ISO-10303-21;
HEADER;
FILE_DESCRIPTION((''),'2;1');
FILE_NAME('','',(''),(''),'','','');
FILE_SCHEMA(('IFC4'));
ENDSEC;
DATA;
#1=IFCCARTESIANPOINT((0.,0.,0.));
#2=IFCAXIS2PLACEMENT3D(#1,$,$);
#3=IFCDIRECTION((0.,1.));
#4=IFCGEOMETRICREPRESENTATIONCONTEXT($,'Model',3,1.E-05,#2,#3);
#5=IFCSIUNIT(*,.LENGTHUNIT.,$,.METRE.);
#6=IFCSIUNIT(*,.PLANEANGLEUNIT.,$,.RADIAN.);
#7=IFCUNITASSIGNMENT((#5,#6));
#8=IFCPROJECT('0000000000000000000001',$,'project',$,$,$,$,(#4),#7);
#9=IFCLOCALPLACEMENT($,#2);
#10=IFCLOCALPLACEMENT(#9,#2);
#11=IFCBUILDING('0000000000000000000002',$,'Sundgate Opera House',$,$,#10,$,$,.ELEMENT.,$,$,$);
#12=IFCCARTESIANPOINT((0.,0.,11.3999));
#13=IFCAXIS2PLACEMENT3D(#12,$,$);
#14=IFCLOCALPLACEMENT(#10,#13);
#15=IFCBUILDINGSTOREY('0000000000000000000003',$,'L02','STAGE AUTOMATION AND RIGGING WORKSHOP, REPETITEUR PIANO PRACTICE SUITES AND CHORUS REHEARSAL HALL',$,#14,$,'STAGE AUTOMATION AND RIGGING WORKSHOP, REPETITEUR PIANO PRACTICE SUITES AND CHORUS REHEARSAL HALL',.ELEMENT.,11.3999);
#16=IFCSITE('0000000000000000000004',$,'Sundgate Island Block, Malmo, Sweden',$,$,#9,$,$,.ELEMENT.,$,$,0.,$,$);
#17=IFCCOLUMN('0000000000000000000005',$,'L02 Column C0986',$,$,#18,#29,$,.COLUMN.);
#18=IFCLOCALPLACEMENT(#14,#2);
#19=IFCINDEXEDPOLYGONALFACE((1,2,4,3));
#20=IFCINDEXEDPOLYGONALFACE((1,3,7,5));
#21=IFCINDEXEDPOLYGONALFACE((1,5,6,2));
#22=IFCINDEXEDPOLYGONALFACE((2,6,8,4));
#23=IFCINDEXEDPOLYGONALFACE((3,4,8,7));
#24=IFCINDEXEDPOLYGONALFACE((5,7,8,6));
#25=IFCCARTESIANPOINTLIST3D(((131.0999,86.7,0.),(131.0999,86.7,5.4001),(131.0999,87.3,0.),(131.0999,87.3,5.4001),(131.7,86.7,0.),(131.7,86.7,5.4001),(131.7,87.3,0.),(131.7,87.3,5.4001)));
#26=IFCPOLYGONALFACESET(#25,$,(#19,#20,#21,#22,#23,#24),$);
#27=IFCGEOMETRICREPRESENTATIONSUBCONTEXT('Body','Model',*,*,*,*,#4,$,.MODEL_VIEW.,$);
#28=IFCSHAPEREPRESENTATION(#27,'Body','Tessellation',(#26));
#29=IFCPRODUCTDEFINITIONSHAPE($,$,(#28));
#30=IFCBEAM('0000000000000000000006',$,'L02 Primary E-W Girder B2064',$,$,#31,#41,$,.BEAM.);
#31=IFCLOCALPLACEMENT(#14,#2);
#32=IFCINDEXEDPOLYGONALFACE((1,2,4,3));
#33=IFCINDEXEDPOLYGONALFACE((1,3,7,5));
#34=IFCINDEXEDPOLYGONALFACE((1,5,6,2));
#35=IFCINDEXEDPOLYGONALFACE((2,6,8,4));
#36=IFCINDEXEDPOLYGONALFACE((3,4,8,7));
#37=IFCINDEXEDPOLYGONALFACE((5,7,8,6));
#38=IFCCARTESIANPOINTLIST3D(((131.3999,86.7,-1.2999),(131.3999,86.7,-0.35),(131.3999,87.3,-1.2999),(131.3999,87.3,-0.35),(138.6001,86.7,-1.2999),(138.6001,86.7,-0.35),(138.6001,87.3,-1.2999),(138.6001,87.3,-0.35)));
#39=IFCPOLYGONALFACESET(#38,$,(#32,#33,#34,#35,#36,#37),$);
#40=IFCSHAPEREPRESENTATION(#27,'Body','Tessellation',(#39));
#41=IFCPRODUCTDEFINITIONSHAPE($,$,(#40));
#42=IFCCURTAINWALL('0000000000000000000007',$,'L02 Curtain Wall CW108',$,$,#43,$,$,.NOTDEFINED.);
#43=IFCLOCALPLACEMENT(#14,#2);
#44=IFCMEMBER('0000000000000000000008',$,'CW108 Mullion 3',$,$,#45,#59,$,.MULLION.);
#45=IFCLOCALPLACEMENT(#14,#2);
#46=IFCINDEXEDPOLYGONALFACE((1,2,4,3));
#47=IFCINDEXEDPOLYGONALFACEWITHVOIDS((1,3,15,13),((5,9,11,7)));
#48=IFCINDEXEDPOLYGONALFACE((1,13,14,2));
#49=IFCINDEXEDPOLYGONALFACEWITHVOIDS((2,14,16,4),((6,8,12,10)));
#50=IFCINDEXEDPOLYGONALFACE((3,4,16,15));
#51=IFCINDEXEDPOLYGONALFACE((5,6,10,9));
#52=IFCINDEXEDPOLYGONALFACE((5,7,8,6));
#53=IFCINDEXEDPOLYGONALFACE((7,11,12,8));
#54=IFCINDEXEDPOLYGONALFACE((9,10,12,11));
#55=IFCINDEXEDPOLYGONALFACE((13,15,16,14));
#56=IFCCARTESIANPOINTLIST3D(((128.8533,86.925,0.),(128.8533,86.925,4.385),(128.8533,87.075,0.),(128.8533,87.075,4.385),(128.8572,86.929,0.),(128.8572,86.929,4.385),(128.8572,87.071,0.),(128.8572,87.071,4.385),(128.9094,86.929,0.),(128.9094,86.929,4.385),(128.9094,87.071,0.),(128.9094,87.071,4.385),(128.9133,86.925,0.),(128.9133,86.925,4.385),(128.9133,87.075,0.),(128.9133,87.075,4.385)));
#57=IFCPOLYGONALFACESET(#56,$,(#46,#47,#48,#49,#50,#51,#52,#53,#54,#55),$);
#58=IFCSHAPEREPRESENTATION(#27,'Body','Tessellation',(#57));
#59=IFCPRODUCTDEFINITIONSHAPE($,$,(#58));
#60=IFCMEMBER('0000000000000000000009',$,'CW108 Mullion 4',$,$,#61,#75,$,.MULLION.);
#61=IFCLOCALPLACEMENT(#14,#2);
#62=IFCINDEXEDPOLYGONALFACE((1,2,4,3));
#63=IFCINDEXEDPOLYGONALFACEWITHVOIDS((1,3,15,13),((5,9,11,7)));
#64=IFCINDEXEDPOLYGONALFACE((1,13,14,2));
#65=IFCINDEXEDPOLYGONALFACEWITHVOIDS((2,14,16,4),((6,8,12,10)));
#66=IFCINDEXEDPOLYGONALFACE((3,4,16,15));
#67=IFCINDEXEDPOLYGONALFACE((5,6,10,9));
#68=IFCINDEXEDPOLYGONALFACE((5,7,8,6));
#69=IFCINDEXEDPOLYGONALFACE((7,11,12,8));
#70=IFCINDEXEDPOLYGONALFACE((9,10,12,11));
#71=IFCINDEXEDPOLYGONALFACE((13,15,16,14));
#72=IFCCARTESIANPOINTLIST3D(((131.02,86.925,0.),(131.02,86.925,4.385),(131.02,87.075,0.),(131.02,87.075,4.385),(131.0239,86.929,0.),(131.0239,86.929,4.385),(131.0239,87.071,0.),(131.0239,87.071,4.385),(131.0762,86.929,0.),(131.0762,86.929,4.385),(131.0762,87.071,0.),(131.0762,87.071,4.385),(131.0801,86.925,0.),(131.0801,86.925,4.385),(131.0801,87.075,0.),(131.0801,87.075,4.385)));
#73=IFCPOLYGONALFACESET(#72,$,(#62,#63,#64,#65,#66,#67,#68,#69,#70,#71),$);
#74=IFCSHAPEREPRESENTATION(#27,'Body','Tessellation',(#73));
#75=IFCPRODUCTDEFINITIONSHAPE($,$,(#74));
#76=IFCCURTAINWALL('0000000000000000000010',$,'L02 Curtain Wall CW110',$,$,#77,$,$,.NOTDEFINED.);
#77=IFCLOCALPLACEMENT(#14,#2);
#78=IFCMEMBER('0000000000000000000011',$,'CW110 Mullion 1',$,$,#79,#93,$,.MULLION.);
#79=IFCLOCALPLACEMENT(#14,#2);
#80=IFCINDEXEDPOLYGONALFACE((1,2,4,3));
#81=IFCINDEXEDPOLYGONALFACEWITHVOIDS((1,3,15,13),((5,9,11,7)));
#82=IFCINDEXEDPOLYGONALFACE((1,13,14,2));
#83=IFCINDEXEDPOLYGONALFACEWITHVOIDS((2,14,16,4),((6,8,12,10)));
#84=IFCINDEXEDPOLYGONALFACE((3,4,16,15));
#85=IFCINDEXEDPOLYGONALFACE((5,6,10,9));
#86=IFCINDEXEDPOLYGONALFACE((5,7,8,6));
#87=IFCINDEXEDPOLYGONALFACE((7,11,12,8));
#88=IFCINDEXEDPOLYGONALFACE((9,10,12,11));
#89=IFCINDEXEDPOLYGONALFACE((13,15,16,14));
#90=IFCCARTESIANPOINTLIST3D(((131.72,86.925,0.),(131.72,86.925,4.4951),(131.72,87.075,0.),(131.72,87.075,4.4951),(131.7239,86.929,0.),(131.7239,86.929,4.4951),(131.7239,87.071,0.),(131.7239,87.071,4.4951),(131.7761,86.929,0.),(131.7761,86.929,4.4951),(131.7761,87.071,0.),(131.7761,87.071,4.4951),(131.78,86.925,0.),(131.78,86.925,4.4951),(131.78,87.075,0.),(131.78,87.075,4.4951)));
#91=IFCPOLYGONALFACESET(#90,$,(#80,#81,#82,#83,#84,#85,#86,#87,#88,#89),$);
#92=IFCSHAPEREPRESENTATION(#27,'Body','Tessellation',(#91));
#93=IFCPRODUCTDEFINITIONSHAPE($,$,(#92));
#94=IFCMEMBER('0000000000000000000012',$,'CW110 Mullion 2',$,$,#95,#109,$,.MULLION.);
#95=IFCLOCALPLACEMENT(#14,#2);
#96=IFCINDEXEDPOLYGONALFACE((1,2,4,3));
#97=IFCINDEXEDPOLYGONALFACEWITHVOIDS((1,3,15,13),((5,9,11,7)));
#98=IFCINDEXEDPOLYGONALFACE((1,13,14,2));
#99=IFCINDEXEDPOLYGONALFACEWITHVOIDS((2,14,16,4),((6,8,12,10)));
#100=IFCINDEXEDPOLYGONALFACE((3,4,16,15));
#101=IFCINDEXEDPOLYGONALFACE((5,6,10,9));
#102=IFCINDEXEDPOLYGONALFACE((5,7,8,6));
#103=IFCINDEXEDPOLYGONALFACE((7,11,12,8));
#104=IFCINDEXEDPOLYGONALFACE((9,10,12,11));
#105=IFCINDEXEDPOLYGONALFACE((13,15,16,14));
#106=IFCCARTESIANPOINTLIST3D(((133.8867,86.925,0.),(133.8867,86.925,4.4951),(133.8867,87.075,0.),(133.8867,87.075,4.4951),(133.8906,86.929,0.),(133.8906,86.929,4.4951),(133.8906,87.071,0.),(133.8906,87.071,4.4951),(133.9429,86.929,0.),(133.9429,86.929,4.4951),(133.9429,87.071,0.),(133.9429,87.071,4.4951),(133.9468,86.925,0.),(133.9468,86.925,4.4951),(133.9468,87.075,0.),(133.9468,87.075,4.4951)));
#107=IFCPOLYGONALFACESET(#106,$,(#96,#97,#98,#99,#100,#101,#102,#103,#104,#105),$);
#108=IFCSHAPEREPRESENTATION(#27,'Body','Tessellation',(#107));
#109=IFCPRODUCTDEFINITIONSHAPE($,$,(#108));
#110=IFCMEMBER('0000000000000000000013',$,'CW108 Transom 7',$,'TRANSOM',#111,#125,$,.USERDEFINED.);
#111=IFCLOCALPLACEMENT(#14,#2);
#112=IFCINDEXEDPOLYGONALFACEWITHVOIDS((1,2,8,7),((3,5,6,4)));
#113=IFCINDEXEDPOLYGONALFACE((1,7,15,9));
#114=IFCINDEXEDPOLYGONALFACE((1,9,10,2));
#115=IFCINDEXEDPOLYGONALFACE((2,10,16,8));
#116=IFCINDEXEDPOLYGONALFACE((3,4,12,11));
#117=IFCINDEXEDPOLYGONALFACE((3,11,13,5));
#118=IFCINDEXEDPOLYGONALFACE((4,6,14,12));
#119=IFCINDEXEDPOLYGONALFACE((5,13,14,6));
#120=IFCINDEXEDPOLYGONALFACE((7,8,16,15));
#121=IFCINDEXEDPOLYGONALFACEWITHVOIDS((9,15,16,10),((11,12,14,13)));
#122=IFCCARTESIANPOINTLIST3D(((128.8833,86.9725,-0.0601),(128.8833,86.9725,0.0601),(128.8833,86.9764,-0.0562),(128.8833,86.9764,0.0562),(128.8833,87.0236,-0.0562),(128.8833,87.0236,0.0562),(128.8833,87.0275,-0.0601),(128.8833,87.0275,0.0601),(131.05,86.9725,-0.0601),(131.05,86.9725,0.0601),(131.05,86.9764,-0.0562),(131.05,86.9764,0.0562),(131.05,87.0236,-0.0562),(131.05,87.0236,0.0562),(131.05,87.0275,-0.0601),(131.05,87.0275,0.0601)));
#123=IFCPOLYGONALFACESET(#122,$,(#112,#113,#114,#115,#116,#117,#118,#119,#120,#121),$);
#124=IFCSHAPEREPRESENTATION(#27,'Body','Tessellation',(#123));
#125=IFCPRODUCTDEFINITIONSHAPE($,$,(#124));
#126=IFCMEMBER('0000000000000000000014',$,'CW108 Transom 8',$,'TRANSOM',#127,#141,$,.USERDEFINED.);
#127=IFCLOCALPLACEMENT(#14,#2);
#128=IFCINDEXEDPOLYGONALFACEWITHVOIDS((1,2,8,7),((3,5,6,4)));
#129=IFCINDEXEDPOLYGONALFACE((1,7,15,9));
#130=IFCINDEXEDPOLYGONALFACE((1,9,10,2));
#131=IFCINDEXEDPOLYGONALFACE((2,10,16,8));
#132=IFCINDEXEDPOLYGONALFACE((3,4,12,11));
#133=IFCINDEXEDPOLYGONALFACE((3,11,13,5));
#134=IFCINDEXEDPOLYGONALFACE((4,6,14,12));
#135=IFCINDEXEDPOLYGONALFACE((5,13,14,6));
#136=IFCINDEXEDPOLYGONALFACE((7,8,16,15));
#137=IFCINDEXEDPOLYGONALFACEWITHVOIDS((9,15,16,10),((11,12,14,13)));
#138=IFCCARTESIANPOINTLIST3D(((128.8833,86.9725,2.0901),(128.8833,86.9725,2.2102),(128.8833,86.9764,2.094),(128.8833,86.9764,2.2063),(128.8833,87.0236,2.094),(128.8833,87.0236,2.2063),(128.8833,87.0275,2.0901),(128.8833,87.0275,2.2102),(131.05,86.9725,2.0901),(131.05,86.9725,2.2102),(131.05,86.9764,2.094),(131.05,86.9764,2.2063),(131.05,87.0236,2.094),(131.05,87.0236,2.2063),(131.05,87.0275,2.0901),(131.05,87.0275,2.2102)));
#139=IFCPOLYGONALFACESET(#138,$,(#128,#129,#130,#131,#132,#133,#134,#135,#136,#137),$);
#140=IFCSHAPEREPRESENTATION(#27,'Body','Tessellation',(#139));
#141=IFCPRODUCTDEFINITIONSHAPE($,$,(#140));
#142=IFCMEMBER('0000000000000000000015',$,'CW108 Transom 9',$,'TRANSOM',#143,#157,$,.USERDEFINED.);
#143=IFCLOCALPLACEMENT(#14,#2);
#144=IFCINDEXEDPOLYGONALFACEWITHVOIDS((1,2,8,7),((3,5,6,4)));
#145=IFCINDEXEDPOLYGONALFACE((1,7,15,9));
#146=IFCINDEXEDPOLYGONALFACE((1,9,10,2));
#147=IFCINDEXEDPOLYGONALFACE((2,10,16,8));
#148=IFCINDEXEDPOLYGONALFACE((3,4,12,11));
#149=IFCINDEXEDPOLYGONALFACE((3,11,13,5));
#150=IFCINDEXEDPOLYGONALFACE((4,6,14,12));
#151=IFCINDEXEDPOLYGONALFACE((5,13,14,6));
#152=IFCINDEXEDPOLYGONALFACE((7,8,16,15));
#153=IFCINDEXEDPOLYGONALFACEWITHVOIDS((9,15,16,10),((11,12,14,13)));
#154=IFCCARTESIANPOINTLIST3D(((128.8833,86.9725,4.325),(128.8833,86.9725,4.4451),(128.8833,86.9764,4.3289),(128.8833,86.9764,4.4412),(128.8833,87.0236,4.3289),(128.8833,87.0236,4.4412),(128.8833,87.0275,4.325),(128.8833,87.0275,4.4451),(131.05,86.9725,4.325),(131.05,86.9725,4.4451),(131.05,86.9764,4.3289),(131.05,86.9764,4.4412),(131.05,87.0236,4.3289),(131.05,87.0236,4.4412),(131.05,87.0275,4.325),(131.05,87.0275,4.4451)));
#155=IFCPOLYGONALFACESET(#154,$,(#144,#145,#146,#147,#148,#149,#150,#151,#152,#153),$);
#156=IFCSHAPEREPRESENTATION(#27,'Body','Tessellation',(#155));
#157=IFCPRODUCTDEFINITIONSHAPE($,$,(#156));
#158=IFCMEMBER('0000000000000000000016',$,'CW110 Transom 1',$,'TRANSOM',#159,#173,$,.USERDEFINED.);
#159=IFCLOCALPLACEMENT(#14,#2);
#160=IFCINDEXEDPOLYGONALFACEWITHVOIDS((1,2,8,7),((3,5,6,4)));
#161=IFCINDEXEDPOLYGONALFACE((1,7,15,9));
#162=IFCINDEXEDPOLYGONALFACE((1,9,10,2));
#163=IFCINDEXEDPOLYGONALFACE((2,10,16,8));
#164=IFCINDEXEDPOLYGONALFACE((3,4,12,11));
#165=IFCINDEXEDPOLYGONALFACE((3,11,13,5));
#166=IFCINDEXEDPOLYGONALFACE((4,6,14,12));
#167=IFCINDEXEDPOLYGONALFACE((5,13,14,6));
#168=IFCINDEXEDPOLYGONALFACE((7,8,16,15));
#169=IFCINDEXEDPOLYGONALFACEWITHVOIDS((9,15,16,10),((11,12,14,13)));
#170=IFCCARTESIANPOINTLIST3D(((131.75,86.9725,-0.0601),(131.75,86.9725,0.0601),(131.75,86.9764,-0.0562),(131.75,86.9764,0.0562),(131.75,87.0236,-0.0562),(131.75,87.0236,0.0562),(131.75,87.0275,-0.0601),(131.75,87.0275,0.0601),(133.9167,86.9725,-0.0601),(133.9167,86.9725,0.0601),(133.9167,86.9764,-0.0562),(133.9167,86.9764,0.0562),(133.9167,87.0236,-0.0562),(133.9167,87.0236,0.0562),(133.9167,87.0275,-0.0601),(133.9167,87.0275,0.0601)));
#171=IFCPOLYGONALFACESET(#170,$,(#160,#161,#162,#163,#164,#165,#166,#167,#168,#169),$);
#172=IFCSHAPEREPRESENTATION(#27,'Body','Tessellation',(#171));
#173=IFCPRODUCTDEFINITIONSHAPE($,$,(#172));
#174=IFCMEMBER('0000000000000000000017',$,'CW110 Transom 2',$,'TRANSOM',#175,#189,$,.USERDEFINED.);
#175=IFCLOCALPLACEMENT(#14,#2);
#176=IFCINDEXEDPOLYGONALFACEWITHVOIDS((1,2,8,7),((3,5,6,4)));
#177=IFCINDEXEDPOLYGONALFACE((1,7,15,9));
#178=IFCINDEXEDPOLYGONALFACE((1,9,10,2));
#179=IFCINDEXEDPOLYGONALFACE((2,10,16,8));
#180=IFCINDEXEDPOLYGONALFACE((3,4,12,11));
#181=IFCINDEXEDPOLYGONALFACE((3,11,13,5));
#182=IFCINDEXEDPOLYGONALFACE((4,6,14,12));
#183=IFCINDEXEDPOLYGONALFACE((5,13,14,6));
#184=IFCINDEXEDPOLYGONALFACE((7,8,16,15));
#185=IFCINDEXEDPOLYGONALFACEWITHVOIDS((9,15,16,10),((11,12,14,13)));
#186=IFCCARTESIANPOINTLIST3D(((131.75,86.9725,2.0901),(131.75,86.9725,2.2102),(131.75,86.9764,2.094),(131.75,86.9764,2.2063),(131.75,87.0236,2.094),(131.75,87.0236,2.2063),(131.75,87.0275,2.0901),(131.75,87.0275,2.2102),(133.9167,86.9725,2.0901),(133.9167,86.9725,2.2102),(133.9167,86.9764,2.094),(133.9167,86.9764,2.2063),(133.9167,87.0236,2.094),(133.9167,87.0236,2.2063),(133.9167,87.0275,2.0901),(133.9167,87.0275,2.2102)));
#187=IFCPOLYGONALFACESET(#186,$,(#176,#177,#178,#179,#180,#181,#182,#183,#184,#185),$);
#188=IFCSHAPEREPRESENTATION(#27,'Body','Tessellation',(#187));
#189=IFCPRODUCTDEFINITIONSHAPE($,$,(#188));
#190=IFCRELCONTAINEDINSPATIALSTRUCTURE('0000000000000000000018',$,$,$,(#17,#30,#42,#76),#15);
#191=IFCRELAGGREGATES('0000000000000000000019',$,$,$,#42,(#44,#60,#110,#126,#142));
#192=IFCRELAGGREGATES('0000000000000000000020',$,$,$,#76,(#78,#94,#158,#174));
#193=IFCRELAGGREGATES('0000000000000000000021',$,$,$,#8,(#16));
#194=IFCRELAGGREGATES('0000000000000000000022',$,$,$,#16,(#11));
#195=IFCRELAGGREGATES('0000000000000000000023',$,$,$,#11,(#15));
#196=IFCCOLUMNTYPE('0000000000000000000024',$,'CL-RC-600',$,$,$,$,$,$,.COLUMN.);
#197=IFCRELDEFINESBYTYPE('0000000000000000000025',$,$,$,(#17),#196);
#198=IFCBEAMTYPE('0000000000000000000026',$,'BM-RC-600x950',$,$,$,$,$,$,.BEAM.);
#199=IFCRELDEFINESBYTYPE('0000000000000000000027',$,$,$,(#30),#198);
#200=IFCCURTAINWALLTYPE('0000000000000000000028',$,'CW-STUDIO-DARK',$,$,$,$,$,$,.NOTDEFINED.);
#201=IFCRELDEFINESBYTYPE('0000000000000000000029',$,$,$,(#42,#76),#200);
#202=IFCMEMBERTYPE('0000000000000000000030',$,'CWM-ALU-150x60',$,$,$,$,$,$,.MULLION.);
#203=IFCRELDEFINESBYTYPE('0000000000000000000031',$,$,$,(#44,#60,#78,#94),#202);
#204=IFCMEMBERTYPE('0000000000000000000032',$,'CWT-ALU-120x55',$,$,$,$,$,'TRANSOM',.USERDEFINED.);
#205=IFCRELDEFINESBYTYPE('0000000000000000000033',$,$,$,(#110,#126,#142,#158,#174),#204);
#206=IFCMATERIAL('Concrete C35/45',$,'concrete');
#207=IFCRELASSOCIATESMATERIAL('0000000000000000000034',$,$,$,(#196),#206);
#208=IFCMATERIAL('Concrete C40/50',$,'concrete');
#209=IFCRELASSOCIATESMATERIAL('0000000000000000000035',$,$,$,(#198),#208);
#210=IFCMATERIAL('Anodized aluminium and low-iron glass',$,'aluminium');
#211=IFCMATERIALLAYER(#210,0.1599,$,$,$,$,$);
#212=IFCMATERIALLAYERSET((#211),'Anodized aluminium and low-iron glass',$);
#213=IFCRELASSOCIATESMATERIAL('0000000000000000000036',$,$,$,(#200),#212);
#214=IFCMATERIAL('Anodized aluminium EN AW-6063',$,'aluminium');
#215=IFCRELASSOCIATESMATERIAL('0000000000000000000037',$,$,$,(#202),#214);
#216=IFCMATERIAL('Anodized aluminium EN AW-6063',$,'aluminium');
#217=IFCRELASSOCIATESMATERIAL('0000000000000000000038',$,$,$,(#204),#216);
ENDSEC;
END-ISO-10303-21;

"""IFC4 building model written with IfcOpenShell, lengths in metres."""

from ifc_helpers import new_model, si_unit, direction, frame, origin, origin_2d, place, context, subcontext, project, spatial, rectangle, hollow_rectangle, extrude, material, layer, layer_set, material_profile, profile_set, type_object, element, aggregate, save


model = new_model("IFC4")

# Units and contexts
model_context = context("Model", 3, precision=1e-05, world=origin(), true_north=direction((0.0, 1.0)))
body_context = subcontext(model_context, "Body", "Model", "MODEL_VIEW")
ifc_project = project(units=[si_unit("LENGTHUNIT", "METRE"), si_unit("PLANEANGLEUNIT", "RADIAN")], contexts=[model_context])

# Site, building, storey
site_placement = place(None, origin())
site = spatial("IfcSite", under=ifc_project, at=site_placement, Name="Sundgate Island Block, Malmo, Sweden", CompositionType="ELEMENT", RefElevation=0.0)
building_placement = place(site_placement, origin())
building = spatial("IfcBuilding", under=site, at=building_placement, Name="Sundgate Opera House", CompositionType="ELEMENT")
storey_placement = place(building_placement, frame((0.0, 0.0, 11.3999)))
storey = spatial("IfcBuildingStorey", under=building, at=storey_placement, Name="L02", Description="STAGE AUTOMATION AND RIGGING WORKSHOP, REPETITEUR PIANO PRACTICE SUITES AND CHORUS REHEARSAL HALL", LongName="STAGE AUTOMATION AND RIGGING WORKSHOP, REPETITEUR PIANO PRACTICE SUITES AND CHORUS REHEARSAL HALL", CompositionType="ELEMENT", Elevation=11.3999)

# Column
ifc_material_1 = material(Name="Concrete C35/45", Category="concrete")
ifc_material_profile_1 = material_profile(ifc_material_1, rectangle(XDim=0.6001, YDim=0.6001, at=origin_2d()), Name="RC 600x600")
ifc_profile_set_1 = profile_set([ifc_material_profile_1], Name="Concrete C35/45")
column_type = type_object("IfcColumnType", Name="CL-RC-600", PredefinedType="COLUMN", material=ifc_profile_set_1)
column_placement = place(storey_placement, frame((131.3999, 87.0, 0.0), z_axis=(0.0, 0.0, 1.0), x_axis=(1.0, 0.0, 0.0)))
element("IfcColumn", 1, at=column_placement, inside=storey, type_object=column_type, Name="L02 Column C0986", PredefinedType="COLUMN", context=body_context, shape_type="SweptSolid", body=[
    extrude(rectangle(XDim=0.6001, YDim=0.6001, at=origin_2d()), origin(), (0.0, 0.0, 1.0), 5.4001),
])

# Beam
ifc_material_2 = material(Name="Concrete C40/50", Category="concrete")
ifc_material_profile_2 = material_profile(ifc_material_2, rectangle(XDim=0.6001, YDim=0.95, at=origin_2d()), Name="RC 600x950")
ifc_profile_set_2 = profile_set([ifc_material_profile_2], Name="Concrete C40/50")
beam_type = type_object("IfcBeamType", Name="BM-RC-600x950", PredefinedType="BEAM", material=ifc_profile_set_2)
beam_placement = place(storey_placement, frame((131.3999, 87.0, -0.825), z_axis=(1.0, 0.0, 0.0), x_axis=(0.0, 1.0, 0.0)))
element("IfcBeam", 2, at=beam_placement, inside=storey, type_object=beam_type, Name="L02 Primary E-W Girder B2064", PredefinedType="BEAM", context=body_context, shape_type="SweptSolid", body=[
    extrude(rectangle(XDim=0.6001, YDim=0.95, at=origin_2d()), origin(), (0.0, 0.0, 1.0), 7.2002),
])

# Curtain walls, members
ifc_material_3 = material(Name="Anodized aluminium and low-iron glass", Category="aluminium")
ifc_layer_1 = layer(ifc_material_3, 0.1599)
ifc_layer_set_1 = layer_set([ifc_layer_1], Name="Anodized aluminium and low-iron glass")
curtain_wall_type = type_object("IfcCurtainWallType", Name="CW-STUDIO-DARK", PredefinedType="NOTDEFINED", material=ifc_layer_set_1)
curtain_wall_1_placement = place(storey_placement, origin())
curtain_wall_1 = element("IfcCurtainWall", 3, at=curtain_wall_1_placement, inside=storey, type_object=curtain_wall_type, Name="L02 Curtain Wall CW108", PredefinedType="NOTDEFINED")
ifc_material_4 = material(Name="Anodized aluminium EN AW-6063", Category="aluminium")
ifc_material_profile_3 = material_profile(ifc_material_4, hollow_rectangle(XDim=0.0601, YDim=0.1499, WallThickness=0.0039, at=origin_2d()), Name="CWM 150x60x4")
ifc_profile_set_3 = profile_set([ifc_material_profile_3], Name="Anodized aluminium EN AW-6063")
member_type_1 = type_object("IfcMemberType", Name="CWM-ALU-150x60", PredefinedType="MULLION", material=ifc_profile_set_3)
member_1_placement = place(storey_placement, frame((128.8833, 87.0, 0.0), z_axis=(0.0, 0.0, 1.0), x_axis=(1.0, 0.0, 0.0)))
member_1 = element("IfcMember", 4, at=member_1_placement, type_object=member_type_1, Name="CW108 Mullion 3", PredefinedType="MULLION", context=body_context, shape_type="SweptSolid", body=[
    extrude(hollow_rectangle(XDim=0.0601, YDim=0.1499, WallThickness=0.0039, at=origin_2d()), origin(), (0.0, 0.0, 1.0), 4.385),
])
member_2_placement = place(storey_placement, frame((131.05, 87.0, 0.0), z_axis=(0.0, 0.0, 1.0), x_axis=(1.0, 0.0, 0.0)))
member_2 = element("IfcMember", 5, at=member_2_placement, type_object=member_type_1, Name="CW108 Mullion 4", PredefinedType="MULLION", context=body_context, shape_type="SweptSolid", body=[
    extrude(hollow_rectangle(XDim=0.0601, YDim=0.1499, WallThickness=0.0039, at=origin_2d()), origin(), (0.0, 0.0, 1.0), 4.385),
])
curtain_wall_2_placement = place(storey_placement, origin())
curtain_wall_2 = element("IfcCurtainWall", 6, at=curtain_wall_2_placement, inside=storey, type_object=curtain_wall_type, Name="L02 Curtain Wall CW110", PredefinedType="NOTDEFINED")
member_3_placement = place(storey_placement, frame((131.75, 87.0, 0.0), z_axis=(0.0, 0.0, 1.0), x_axis=(1.0, 0.0, 0.0)))
member_3 = element("IfcMember", 7, at=member_3_placement, type_object=member_type_1, Name="CW110 Mullion 1", PredefinedType="MULLION", context=body_context, shape_type="SweptSolid", body=[
    extrude(hollow_rectangle(XDim=0.0601, YDim=0.1499, WallThickness=0.0039, at=origin_2d()), origin(), (0.0, 0.0, 1.0), 4.4951),
])
member_4_placement = place(storey_placement, frame((133.9167, 87.0, 0.0), z_axis=(0.0, 0.0, 1.0), x_axis=(1.0, 0.0, 0.0)))
member_4 = element("IfcMember", 8, at=member_4_placement, type_object=member_type_1, Name="CW110 Mullion 2", PredefinedType="MULLION", context=body_context, shape_type="SweptSolid", body=[
    extrude(hollow_rectangle(XDim=0.0601, YDim=0.1499, WallThickness=0.0039, at=origin_2d()), origin(), (0.0, 0.0, 1.0), 4.4951),
])

# Members
ifc_material_5 = material(Name="Anodized aluminium EN AW-6063", Category="aluminium")
ifc_material_profile_4 = material_profile(ifc_material_5, hollow_rectangle(XDim=0.0549, YDim=0.1201, WallThickness=0.0039, at=origin_2d()), Name="CWT 120x55x4")
ifc_profile_set_4 = profile_set([ifc_material_profile_4], Name="Anodized aluminium EN AW-6063")
member_type_2 = type_object("IfcMemberType", Name="CWT-ALU-120x55", ElementType="TRANSOM", PredefinedType="USERDEFINED", material=ifc_profile_set_4)
member_5_placement = place(storey_placement, frame((128.8833, 87.0, 0.0), z_axis=(1.0, 0.0, 0.0), x_axis=(0.0, 1.0, 0.0)))
member_5 = element("IfcMember", 9, at=member_5_placement, type_object=member_type_2, Name="CW108 Transom 7", ObjectType="TRANSOM", PredefinedType="USERDEFINED", context=body_context, shape_type="SweptSolid", body=[
    extrude(hollow_rectangle(XDim=0.0549, YDim=0.1201, WallThickness=0.0039, at=origin_2d()), origin(), (0.0, 0.0, 1.0), 2.1667),
])
member_6_placement = place(storey_placement, frame((128.8833, 87.0, 2.1501), z_axis=(1.0, 0.0, 0.0), x_axis=(0.0, 1.0, 0.0)))
member_6 = element("IfcMember", 10, at=member_6_placement, type_object=member_type_2, Name="CW108 Transom 8", ObjectType="TRANSOM", PredefinedType="USERDEFINED", context=body_context, shape_type="SweptSolid", body=[
    extrude(hollow_rectangle(XDim=0.0549, YDim=0.1201, WallThickness=0.0039, at=origin_2d()), origin(), (0.0, 0.0, 1.0), 2.1667),
])
member_7_placement = place(storey_placement, frame((128.8833, 87.0, 4.385), z_axis=(1.0, 0.0, 0.0), x_axis=(0.0, 1.0, 0.0)))
member_7 = element("IfcMember", 11, at=member_7_placement, type_object=member_type_2, Name="CW108 Transom 9", ObjectType="TRANSOM", PredefinedType="USERDEFINED", context=body_context, shape_type="SweptSolid", body=[
    extrude(hollow_rectangle(XDim=0.0549, YDim=0.1201, WallThickness=0.0039, at=origin_2d()), origin(), (0.0, 0.0, 1.0), 2.1667),
])
member_8_placement = place(storey_placement, frame((131.75, 87.0, 0.0), z_axis=(1.0, 0.0, 0.0), x_axis=(0.0, 1.0, 0.0)))
member_8 = element("IfcMember", 12, at=member_8_placement, type_object=member_type_2, Name="CW110 Transom 1", ObjectType="TRANSOM", PredefinedType="USERDEFINED", context=body_context, shape_type="SweptSolid", body=[
    extrude(hollow_rectangle(XDim=0.0549, YDim=0.1201, WallThickness=0.0039, at=origin_2d()), origin(), (0.0, 0.0, 1.0), 2.1667),
])
member_9_placement = place(storey_placement, frame((131.75, 87.0, 2.1501), z_axis=(1.0, 0.0, 0.0), x_axis=(0.0, 1.0, 0.0)))
member_9 = element("IfcMember", 13, at=member_9_placement, type_object=member_type_2, Name="CW110 Transom 2", ObjectType="TRANSOM", PredefinedType="USERDEFINED", context=body_context, shape_type="SweptSolid", body=[
    extrude(hollow_rectangle(XDim=0.0549, YDim=0.1201, WallThickness=0.0039, at=origin_2d()), origin(), (0.0, 0.0, 1.0), 2.1667),
])

aggregate(curtain_wall_1, [member_1, member_2, member_5, member_6, member_7])
aggregate(curtain_wall_2, [member_3, member_4, member_8, member_9])

save(model, "model.ifc")
